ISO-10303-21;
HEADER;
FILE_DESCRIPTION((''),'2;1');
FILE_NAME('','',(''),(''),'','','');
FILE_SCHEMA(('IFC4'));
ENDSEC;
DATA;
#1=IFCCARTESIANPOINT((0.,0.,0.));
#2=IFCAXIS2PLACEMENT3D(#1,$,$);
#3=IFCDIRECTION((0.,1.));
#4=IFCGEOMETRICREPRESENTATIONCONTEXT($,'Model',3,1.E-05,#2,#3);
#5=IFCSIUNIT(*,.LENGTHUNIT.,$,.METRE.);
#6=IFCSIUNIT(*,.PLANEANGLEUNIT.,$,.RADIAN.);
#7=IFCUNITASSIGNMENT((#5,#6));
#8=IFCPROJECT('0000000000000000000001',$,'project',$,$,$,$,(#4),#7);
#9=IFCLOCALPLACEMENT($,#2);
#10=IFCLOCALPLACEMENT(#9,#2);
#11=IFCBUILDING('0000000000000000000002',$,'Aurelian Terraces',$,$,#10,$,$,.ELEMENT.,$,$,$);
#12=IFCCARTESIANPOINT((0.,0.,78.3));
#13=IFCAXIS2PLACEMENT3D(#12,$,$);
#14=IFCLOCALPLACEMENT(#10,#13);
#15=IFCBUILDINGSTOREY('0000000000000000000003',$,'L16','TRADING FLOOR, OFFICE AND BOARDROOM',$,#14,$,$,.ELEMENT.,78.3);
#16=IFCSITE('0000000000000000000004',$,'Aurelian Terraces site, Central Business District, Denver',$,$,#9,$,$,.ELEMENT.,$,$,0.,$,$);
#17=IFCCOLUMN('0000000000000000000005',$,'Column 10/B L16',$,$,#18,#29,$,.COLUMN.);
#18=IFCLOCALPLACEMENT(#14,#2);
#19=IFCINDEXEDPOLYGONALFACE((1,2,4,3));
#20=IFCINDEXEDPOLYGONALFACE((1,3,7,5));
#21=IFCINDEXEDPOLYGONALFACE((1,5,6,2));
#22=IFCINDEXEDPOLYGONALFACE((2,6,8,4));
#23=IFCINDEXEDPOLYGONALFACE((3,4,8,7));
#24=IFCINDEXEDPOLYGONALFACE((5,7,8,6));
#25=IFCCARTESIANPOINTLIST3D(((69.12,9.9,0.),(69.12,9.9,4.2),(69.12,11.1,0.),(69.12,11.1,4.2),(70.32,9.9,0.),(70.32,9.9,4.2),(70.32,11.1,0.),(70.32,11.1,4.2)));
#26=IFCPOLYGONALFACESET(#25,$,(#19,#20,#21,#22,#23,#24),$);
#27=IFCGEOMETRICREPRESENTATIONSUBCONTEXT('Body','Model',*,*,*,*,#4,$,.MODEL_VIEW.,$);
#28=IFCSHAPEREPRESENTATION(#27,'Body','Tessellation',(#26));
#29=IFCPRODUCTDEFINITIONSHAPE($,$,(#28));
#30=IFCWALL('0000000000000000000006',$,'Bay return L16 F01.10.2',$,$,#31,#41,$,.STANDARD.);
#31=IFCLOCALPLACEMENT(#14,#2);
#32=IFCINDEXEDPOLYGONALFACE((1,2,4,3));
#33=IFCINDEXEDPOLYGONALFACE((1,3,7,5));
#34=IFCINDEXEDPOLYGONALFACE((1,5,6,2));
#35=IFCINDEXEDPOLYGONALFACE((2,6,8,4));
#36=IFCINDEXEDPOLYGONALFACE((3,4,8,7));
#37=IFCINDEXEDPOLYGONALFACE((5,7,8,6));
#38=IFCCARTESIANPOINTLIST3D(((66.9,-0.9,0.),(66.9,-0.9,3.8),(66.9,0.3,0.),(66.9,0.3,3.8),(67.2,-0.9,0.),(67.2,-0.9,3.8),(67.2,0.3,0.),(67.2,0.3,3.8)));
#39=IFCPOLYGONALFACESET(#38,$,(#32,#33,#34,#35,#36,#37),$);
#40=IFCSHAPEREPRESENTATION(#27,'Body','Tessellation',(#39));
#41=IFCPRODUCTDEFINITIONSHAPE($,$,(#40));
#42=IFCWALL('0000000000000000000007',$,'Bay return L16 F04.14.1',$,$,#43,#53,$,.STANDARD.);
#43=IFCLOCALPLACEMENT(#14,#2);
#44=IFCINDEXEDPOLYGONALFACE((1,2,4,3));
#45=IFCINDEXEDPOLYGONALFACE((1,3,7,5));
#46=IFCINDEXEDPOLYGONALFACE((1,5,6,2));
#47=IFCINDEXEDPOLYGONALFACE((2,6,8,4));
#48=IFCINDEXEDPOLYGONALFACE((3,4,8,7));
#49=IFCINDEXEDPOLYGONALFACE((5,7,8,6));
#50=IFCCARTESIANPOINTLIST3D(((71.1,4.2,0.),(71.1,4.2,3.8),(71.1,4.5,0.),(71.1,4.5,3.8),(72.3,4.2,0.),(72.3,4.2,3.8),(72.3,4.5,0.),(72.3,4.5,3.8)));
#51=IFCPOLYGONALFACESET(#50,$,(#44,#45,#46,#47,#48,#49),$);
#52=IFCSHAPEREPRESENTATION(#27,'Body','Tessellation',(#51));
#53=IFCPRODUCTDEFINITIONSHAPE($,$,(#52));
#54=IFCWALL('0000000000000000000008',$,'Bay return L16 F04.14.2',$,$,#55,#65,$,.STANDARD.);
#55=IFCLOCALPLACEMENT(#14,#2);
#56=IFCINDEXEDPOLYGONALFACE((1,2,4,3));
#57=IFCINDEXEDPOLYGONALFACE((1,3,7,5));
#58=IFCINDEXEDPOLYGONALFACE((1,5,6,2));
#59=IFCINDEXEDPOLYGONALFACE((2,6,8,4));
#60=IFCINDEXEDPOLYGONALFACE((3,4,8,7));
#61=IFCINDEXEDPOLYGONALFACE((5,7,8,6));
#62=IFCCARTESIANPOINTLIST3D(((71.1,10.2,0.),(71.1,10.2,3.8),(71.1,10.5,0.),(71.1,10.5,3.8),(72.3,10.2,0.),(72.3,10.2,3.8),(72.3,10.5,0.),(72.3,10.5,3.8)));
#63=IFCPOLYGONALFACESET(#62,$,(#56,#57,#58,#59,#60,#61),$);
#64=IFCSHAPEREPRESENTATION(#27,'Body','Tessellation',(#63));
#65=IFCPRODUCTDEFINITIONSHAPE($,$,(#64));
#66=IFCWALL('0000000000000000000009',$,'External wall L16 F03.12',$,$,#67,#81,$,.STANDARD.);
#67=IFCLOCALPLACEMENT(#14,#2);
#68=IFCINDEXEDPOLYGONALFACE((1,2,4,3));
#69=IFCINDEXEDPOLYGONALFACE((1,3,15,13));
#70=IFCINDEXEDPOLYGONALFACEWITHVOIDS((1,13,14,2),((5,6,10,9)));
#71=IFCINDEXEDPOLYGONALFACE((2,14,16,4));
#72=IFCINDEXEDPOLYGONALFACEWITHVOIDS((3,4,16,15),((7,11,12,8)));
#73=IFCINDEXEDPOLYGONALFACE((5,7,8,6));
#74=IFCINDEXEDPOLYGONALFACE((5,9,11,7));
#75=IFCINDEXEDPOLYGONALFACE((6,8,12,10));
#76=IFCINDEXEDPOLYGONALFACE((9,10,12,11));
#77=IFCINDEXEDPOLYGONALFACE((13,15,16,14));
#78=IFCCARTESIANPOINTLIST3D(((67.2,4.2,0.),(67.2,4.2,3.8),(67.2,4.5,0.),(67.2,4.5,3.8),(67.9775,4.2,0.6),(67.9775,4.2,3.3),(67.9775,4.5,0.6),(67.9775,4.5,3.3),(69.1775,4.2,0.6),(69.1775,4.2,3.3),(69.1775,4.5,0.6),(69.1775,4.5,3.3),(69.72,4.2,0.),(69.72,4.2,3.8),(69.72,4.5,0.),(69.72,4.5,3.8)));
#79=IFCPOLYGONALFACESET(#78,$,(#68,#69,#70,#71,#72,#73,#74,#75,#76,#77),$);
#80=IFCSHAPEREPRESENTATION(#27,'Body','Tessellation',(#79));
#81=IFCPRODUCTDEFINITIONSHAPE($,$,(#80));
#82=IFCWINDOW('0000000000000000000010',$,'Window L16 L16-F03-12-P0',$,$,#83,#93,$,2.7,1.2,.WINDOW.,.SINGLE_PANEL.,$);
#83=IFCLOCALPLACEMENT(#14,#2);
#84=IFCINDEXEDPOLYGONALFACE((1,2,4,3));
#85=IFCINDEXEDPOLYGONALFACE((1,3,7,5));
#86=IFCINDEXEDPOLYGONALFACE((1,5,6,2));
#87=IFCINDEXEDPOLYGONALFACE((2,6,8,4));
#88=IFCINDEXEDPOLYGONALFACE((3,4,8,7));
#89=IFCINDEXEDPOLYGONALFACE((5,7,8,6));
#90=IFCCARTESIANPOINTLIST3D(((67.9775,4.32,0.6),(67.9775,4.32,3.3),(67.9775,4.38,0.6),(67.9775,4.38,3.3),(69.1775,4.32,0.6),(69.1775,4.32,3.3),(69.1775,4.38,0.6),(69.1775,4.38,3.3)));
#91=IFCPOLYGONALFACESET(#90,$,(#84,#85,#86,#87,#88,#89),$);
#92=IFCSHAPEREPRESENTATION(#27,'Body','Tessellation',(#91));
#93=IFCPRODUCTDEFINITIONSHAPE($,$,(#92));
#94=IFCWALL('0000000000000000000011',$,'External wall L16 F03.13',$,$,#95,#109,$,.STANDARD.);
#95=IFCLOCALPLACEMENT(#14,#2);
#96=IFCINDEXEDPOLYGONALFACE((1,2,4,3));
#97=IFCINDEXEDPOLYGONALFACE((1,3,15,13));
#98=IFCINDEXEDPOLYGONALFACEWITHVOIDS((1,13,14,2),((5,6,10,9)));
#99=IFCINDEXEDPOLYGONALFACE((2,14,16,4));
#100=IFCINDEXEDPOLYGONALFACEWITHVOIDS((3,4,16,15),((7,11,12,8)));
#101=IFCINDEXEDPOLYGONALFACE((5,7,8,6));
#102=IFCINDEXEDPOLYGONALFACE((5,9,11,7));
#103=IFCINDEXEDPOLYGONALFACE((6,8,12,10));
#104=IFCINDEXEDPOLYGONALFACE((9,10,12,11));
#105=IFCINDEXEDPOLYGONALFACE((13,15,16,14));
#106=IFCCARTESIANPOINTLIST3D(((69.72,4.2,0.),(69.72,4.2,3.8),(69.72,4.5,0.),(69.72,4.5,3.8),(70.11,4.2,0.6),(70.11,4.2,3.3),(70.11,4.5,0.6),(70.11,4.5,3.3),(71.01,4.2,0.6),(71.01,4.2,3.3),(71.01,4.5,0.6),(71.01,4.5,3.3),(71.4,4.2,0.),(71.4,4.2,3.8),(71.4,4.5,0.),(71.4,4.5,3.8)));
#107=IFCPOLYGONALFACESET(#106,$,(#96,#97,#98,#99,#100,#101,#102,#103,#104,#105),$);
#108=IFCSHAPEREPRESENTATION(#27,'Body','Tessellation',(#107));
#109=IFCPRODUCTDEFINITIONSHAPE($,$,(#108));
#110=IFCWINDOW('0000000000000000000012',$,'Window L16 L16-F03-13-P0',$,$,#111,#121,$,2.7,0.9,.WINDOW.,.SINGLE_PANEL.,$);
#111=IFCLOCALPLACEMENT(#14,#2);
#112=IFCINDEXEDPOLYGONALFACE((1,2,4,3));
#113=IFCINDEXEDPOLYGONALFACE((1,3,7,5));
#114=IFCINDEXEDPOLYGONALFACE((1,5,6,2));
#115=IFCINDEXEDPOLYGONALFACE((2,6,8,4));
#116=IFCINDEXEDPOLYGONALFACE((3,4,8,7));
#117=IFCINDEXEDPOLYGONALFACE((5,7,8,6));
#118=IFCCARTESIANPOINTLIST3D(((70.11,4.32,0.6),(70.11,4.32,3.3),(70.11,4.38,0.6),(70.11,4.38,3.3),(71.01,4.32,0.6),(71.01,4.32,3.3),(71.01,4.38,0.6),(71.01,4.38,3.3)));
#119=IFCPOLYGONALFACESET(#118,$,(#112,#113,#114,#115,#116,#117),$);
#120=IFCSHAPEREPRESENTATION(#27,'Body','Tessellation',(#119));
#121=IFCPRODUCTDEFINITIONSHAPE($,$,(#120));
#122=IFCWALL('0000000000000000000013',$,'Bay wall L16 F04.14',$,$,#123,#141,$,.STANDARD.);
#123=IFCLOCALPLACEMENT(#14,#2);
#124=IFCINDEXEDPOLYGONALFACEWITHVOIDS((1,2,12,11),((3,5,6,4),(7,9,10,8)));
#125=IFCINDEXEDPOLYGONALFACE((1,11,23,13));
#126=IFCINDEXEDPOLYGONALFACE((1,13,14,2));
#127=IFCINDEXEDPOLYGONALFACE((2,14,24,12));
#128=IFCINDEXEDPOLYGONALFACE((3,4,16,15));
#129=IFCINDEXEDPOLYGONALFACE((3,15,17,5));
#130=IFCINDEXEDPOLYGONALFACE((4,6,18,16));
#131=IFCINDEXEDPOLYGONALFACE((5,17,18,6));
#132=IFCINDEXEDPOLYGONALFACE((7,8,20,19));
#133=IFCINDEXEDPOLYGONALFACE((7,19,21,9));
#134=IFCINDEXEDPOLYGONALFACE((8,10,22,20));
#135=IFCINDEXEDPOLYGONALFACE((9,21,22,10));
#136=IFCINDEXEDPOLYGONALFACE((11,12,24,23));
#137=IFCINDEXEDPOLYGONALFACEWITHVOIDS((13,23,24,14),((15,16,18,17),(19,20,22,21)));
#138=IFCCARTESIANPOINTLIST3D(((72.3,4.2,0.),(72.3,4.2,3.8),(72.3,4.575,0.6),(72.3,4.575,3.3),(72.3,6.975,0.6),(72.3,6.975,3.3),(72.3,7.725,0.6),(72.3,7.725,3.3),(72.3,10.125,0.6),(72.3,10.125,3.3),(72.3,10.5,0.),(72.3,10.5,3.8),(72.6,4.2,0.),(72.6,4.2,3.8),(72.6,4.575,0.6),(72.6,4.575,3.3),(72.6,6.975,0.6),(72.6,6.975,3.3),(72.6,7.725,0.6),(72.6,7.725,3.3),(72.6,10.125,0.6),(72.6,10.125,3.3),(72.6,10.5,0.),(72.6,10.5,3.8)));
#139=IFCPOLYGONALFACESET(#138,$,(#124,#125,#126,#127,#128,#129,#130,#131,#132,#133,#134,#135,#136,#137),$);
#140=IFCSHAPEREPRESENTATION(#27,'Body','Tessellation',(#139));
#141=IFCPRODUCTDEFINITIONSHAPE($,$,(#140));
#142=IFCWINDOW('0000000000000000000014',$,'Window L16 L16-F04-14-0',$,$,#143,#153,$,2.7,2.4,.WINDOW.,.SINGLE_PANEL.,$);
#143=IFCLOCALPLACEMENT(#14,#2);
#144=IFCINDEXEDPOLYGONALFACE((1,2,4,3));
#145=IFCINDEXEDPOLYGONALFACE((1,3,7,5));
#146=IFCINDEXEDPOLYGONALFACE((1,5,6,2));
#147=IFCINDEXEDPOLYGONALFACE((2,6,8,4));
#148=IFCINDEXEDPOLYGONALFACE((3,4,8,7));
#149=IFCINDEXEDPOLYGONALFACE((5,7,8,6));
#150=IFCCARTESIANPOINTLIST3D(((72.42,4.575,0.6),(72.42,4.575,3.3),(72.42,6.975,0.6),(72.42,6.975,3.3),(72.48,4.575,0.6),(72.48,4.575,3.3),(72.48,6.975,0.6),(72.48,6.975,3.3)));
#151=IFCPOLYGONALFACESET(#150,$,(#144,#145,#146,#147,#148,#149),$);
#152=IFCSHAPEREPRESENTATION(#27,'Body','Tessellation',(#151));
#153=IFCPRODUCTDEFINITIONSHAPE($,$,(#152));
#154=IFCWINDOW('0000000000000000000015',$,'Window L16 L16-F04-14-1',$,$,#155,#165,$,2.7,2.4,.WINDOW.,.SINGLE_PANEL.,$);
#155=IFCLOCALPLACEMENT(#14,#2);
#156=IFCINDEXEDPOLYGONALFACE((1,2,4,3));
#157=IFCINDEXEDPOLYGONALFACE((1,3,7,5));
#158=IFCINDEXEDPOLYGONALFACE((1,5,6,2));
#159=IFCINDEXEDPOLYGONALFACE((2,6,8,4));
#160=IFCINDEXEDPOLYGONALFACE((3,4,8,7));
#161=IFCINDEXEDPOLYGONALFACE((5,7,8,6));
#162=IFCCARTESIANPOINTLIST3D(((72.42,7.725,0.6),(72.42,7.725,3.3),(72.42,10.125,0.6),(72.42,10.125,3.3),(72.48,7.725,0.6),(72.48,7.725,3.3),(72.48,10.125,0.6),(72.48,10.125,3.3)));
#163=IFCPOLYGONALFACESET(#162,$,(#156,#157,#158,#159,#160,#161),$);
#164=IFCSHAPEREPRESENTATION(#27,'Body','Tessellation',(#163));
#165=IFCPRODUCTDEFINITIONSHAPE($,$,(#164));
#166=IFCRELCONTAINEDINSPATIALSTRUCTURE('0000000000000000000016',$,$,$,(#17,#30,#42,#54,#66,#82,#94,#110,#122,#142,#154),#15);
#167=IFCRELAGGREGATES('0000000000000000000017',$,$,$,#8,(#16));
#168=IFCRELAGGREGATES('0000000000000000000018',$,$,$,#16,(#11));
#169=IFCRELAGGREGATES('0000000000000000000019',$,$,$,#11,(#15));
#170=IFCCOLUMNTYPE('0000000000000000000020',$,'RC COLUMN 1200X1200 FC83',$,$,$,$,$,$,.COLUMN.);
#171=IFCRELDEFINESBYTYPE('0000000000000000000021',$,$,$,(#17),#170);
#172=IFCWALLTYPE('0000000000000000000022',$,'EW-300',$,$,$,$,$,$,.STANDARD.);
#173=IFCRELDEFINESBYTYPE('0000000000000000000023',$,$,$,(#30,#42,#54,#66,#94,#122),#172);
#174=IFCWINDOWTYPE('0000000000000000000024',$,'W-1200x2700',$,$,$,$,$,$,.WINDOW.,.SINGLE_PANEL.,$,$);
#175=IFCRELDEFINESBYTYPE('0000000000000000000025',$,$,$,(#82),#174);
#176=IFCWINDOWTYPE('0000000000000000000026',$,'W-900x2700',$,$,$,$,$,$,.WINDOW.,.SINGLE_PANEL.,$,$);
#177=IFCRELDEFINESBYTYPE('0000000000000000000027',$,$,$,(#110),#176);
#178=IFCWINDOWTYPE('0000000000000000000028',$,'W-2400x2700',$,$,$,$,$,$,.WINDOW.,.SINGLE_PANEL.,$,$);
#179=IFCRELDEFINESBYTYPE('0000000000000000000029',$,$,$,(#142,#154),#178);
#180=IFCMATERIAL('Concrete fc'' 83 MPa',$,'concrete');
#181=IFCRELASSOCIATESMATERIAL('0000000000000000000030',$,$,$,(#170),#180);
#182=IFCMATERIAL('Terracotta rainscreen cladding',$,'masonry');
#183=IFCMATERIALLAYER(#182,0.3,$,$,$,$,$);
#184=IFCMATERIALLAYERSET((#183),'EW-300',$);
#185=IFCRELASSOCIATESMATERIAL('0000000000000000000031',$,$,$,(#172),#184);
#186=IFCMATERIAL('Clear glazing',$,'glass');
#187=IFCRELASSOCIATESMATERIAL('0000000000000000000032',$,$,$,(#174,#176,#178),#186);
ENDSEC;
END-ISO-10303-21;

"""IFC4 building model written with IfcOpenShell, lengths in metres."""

from ifc_helpers import new_model, si_unit, direction, frame, frame_2d, origin, origin_2d, place, context, subcontext, project, spatial, rectangle, extrude, source, transform, mapped, material, layer, layer_set, material_profile, profile_set, type_object, element, fill, save


model = new_model("IFC4")

# Units and contexts
model_context = context("Model", 3, precision=1e-05, world=origin(), true_north=direction((0.0, 1.0)))
body_context = subcontext(model_context, "Body", "Model", "MODEL_VIEW")
ifc_project = project(units=[si_unit("LENGTHUNIT", "METRE"), si_unit("PLANEANGLEUNIT", "RADIAN")], contexts=[model_context])

# Site, building, storey
site_placement = place(None, origin())
site = spatial("IfcSite", under=ifc_project, at=site_placement, Name="Aurelian Terraces site, Central Business District, Denver", CompositionType="ELEMENT", RefElevation=0.0)
building_placement = place(site_placement, origin())
building = spatial("IfcBuilding", under=site, at=building_placement, Name="Aurelian Terraces", CompositionType="ELEMENT")
storey_placement = place(building_placement, frame((0.0, 0.0, 78.3)))
storey = spatial("IfcBuildingStorey", under=building, at=storey_placement, Name="L16", Description="TRADING FLOOR, OFFICE AND BOARDROOM", CompositionType="ELEMENT", Elevation=78.3)

# Column
ifc_material_1 = material(Name="Concrete fc' 83 MPa", Category="concrete")
ifc_material_profile = material_profile(ifc_material_1, rectangle(XDim=1.2, YDim=1.2, at=origin_2d()))
ifc_profile_set = profile_set([ifc_material_profile], Name="Concrete fc' 83 MPa")
column_type = type_object("IfcColumnType", Name="RC COLUMN 1200X1200 FC83", PredefinedType="COLUMN", material=ifc_profile_set)
shared_shape_1 = source(origin(), body_context, "Body", "SweptSolid", [
    extrude(rectangle(XDim=1.2, YDim=1.2, at=origin_2d()), origin(), (0.0, 0.0, 1.0), 4.2),
])
column_placement = place(storey_placement, frame((69.72, 10.5, 0.0), z_axis=(0.0, 0.0, 1.0), x_axis=(1.0, 0.0, 0.0)))
element("IfcColumn", 1, at=column_placement, inside=storey, type_object=column_type, Name="Column 10/B L16", PredefinedType="COLUMN", context=body_context, shape_type="MappedRepresentation", body=[
    mapped(shared_shape_1, transform((0.0, 0.0, 0.0), scale=1.0)),
])

# Walls
ifc_material_2 = material(Name="Terracotta rainscreen cladding", Category="masonry")
ifc_layer_1 = layer(ifc_material_2, 0.3)
ifc_layer_set_1 = layer_set([ifc_layer_1], Name="EW-300")
wall_type_1 = type_object("IfcWallType", Name="EW-300", PredefinedType="STANDARD", material=ifc_layer_set_1)
shared_shape_2 = source(origin(), body_context, "Body", "SweptSolid", [
    extrude(rectangle(XDim=1.2, YDim=0.3, at=frame_2d((0.6, 0.0))), origin(), (0.0, 0.0, 1.0), 3.8),
])
for number, where, z_axis, x_axis, name in (
    (2, (67.05, 0.3, 0.0), (0.0, 0.0, 1.0), (0.0, -1.0, 0.0), "Bay return L16 F01.10.2"),
    (3, (71.1, 4.35, 0.0), (0.0, 0.0, 1.0), (1.0, 0.0, 0.0), "Bay return L16 F04.14.1"),
    (4, (71.1, 10.35, 0.0), (0.0, 0.0, 1.0), (1.0, 0.0, 0.0), "Bay return L16 F04.14.2"),
):
    element("IfcWall", number, at=place(storey_placement, frame(where, z_axis=z_axis, x_axis=x_axis)), inside=storey, type_object=wall_type_1, Name=name, PredefinedType="STANDARD", context=body_context, shape_type="MappedRepresentation", body=[
        mapped(shared_shape_2, transform((0.0, 0.0, 0.0), scale=1.0)),
    ])

# Walls, openings, windows
shared_shape_3 = source(origin(), body_context, "Body", "SweptSolid", [
    extrude(rectangle(XDim=2.52, YDim=0.3, at=frame_2d((1.26, 0.0))), origin(), (0.0, 0.0, 1.0), 3.8),
])
wall_1_placement = place(storey_placement, frame((67.2, 4.35, 0.0), z_axis=(0.0, 0.0, 1.0), x_axis=(1.0, 0.0, 0.0)))
wall_1 = element("IfcWall", 5, at=wall_1_placement, inside=storey, type_object=wall_type_1, Name="External wall L16 F03.12", PredefinedType="STANDARD", context=body_context, shape_type="MappedRepresentation", body=[
    mapped(shared_shape_3, transform((0.0, 0.0, 0.0), scale=1.0)),
])
shared_shape_4 = source(origin(), body_context, "Body", "SweptSolid", [
    extrude(rectangle(XDim=1.2, YDim=2.7, at=frame_2d((0.6, 1.35))), frame((0.0, 0.16, 0.0), z_axis=(0.0, -1.0, 0.0), x_axis=(1.0, 0.0, 0.0)), (0.0, 0.0, 1.0), 0.32),
])
opening_1_placement = place(wall_1_placement, frame((0.7775, 0.0, 0.6)))
opening_1 = element("IfcOpeningElement", 6, at=opening_1_placement, cuts=wall_1, PredefinedType="OPENING", context=body_context, shape_type="MappedRepresentation", body=[
    mapped(shared_shape_4, transform((0.0, 0.0, 0.0), scale=1.0)),
])
ifc_material_3 = material(Name="Clear glazing", Category="glass")
window_type_1 = type_object("IfcWindowType", Name="W-1200x2700", PartitioningType="SINGLE_PANEL", PredefinedType="WINDOW", material=ifc_material_3)
shared_shape_5 = source(origin(), body_context, "Body", "SweptSolid", [
    extrude(rectangle(XDim=1.2, YDim=2.7, at=frame_2d((0.6, 1.35))), frame((0.0, 0.03, 0.0), z_axis=(0.0, -1.0, 0.0), x_axis=(1.0, 0.0, 0.0)), (0.0, 0.0, 1.0), 0.06),
])
window_1_placement = place(opening_1_placement, origin())
window_1 = element("IfcWindow", 7, at=window_1_placement, inside=storey, type_object=window_type_1, Name="Window L16 L16-F03-12-P0", OverallHeight=2.7, OverallWidth=1.2, PartitioningType="SINGLE_PANEL", PredefinedType="WINDOW", context=body_context, shape_type="MappedRepresentation", body=[
    mapped(shared_shape_5, transform((0.0, 0.0, 0.0), scale=1.0)),
])
fill(opening_1, window_1)
shared_shape_6 = source(origin(), body_context, "Body", "SweptSolid", [
    extrude(rectangle(XDim=1.68, YDim=0.3, at=frame_2d((0.84, 0.0))), origin(), (0.0, 0.0, 1.0), 3.8),
])
wall_2_placement = place(storey_placement, frame((69.72, 4.35, 0.0), z_axis=(0.0, 0.0, 1.0), x_axis=(1.0, 0.0, 0.0)))
wall_2 = element("IfcWall", 8, at=wall_2_placement, inside=storey, type_object=wall_type_1, Name="External wall L16 F03.13", PredefinedType="STANDARD", context=body_context, shape_type="MappedRepresentation", body=[
    mapped(shared_shape_6, transform((0.0, 0.0, 0.0), scale=1.0)),
])
shared_shape_7 = source(origin(), body_context, "Body", "SweptSolid", [
    extrude(rectangle(XDim=0.9, YDim=2.7, at=frame_2d((0.45, 1.35))), frame((0.0, 0.16, 0.0), z_axis=(0.0, -1.0, 0.0), x_axis=(1.0, 0.0, 0.0)), (0.0, 0.0, 1.0), 0.32),
])
opening_2_placement = place(wall_2_placement, frame((0.39, 0.0, 0.6)))
opening_2 = element("IfcOpeningElement", 9, at=opening_2_placement, cuts=wall_2, PredefinedType="OPENING", context=body_context, shape_type="MappedRepresentation", body=[
    mapped(shared_shape_7, transform((0.0, 0.0, 0.0), scale=1.0)),
])
window_type_2 = type_object("IfcWindowType", Name="W-900x2700", PartitioningType="SINGLE_PANEL", PredefinedType="WINDOW", material=ifc_material_3)
shared_shape_8 = source(origin(), body_context, "Body", "SweptSolid", [
    extrude(rectangle(XDim=0.9, YDim=2.7, at=frame_2d((0.45, 1.35))), frame((0.0, 0.03, 0.0), z_axis=(0.0, -1.0, 0.0), x_axis=(1.0, 0.0, 0.0)), (0.0, 0.0, 1.0), 0.06),
])
window_2_placement = place(opening_2_placement, origin())
window_2 = element("IfcWindow", 10, at=window_2_placement, inside=storey, type_object=window_type_2, Name="Window L16 L16-F03-13-P0", OverallHeight=2.7, OverallWidth=0.9, PartitioningType="SINGLE_PANEL", PredefinedType="WINDOW", context=body_context, shape_type="MappedRepresentation", body=[
    mapped(shared_shape_8, transform((0.0, 0.0, 0.0), scale=1.0)),
])
fill(opening_2, window_2)

# Wall, openings, windows
shared_shape_9 = source(origin(), body_context, "Body", "SweptSolid", [
    extrude(rectangle(XDim=6.3, YDim=0.3, at=frame_2d((3.15, 0.0))), origin(), (0.0, 0.0, 1.0), 3.8),
])
wall_3_placement = place(storey_placement, frame((72.45, 4.2, 0.0), z_axis=(0.0, 0.0, 1.0), x_axis=(0.0, 1.0, 0.0)))
wall_3 = element("IfcWall", 11, at=wall_3_placement, inside=storey, type_object=wall_type_1, Name="Bay wall L16 F04.14", PredefinedType="STANDARD", context=body_context, shape_type="MappedRepresentation", body=[
    mapped(shared_shape_9, transform((0.0, 0.0, 0.0), scale=1.0)),
])
shared_shape_10 = source(origin(), body_context, "Body", "SweptSolid", [
    extrude(rectangle(XDim=2.4, YDim=2.7, at=frame_2d((1.2, 1.35))), frame((0.0, 0.16, 0.0), z_axis=(0.0, -1.0, 0.0), x_axis=(1.0, 0.0, 0.0)), (0.0, 0.0, 1.0), 0.32),
])
opening_3_placement = place(wall_3_placement, frame((0.375, 0.0, 0.6)))
opening_3 = element("IfcOpeningElement", 12, at=opening_3_placement, cuts=wall_3, PredefinedType="OPENING", context=body_context, shape_type="MappedRepresentation", body=[
    mapped(shared_shape_10, transform((0.0, 0.0, 0.0), scale=1.0)),
])
opening_4_placement = place(wall_3_placement, frame((3.525, 0.0, 0.6)))
opening_4 = element("IfcOpeningElement", 13, at=opening_4_placement, cuts=wall_3, PredefinedType="OPENING", context=body_context, shape_type="MappedRepresentation", body=[
    mapped(shared_shape_10, transform((0.0, 0.0, 0.0), scale=1.0)),
])
window_type_3 = type_object("IfcWindowType", Name="W-2400x2700", PartitioningType="SINGLE_PANEL", PredefinedType="WINDOW", material=ifc_material_3)
shared_shape_11 = source(origin(), body_context, "Body", "SweptSolid", [
    extrude(rectangle(XDim=2.4, YDim=2.7, at=frame_2d((1.2, 1.35))), frame((0.0, 0.03, 0.0), z_axis=(0.0, -1.0, 0.0), x_axis=(1.0, 0.0, 0.0)), (0.0, 0.0, 1.0), 0.06),
])
window_3_placement = place(opening_3_placement, origin())
window_3 = element("IfcWindow", 14, at=window_3_placement, inside=storey, type_object=window_type_3, Name="Window L16 L16-F04-14-0", OverallHeight=2.7, OverallWidth=2.4, PartitioningType="SINGLE_PANEL", PredefinedType="WINDOW", context=body_context, shape_type="MappedRepresentation", body=[
    mapped(shared_shape_11, transform((0.0, 0.0, 0.0), scale=1.0)),
])
fill(opening_3, window_3)
window_4_placement = place(opening_4_placement, origin())
window_4 = element("IfcWindow", 15, at=window_4_placement, inside=storey, type_object=window_type_3, Name="Window L16 L16-F04-14-1", OverallHeight=2.7, OverallWidth=2.4, PartitioningType="SINGLE_PANEL", PredefinedType="WINDOW", context=body_context, shape_type="MappedRepresentation", body=[
    mapped(shared_shape_11, transform((0.0, 0.0, 0.0), scale=1.0)),
])
fill(opening_4, window_4)

save(model, "model.ifc")
